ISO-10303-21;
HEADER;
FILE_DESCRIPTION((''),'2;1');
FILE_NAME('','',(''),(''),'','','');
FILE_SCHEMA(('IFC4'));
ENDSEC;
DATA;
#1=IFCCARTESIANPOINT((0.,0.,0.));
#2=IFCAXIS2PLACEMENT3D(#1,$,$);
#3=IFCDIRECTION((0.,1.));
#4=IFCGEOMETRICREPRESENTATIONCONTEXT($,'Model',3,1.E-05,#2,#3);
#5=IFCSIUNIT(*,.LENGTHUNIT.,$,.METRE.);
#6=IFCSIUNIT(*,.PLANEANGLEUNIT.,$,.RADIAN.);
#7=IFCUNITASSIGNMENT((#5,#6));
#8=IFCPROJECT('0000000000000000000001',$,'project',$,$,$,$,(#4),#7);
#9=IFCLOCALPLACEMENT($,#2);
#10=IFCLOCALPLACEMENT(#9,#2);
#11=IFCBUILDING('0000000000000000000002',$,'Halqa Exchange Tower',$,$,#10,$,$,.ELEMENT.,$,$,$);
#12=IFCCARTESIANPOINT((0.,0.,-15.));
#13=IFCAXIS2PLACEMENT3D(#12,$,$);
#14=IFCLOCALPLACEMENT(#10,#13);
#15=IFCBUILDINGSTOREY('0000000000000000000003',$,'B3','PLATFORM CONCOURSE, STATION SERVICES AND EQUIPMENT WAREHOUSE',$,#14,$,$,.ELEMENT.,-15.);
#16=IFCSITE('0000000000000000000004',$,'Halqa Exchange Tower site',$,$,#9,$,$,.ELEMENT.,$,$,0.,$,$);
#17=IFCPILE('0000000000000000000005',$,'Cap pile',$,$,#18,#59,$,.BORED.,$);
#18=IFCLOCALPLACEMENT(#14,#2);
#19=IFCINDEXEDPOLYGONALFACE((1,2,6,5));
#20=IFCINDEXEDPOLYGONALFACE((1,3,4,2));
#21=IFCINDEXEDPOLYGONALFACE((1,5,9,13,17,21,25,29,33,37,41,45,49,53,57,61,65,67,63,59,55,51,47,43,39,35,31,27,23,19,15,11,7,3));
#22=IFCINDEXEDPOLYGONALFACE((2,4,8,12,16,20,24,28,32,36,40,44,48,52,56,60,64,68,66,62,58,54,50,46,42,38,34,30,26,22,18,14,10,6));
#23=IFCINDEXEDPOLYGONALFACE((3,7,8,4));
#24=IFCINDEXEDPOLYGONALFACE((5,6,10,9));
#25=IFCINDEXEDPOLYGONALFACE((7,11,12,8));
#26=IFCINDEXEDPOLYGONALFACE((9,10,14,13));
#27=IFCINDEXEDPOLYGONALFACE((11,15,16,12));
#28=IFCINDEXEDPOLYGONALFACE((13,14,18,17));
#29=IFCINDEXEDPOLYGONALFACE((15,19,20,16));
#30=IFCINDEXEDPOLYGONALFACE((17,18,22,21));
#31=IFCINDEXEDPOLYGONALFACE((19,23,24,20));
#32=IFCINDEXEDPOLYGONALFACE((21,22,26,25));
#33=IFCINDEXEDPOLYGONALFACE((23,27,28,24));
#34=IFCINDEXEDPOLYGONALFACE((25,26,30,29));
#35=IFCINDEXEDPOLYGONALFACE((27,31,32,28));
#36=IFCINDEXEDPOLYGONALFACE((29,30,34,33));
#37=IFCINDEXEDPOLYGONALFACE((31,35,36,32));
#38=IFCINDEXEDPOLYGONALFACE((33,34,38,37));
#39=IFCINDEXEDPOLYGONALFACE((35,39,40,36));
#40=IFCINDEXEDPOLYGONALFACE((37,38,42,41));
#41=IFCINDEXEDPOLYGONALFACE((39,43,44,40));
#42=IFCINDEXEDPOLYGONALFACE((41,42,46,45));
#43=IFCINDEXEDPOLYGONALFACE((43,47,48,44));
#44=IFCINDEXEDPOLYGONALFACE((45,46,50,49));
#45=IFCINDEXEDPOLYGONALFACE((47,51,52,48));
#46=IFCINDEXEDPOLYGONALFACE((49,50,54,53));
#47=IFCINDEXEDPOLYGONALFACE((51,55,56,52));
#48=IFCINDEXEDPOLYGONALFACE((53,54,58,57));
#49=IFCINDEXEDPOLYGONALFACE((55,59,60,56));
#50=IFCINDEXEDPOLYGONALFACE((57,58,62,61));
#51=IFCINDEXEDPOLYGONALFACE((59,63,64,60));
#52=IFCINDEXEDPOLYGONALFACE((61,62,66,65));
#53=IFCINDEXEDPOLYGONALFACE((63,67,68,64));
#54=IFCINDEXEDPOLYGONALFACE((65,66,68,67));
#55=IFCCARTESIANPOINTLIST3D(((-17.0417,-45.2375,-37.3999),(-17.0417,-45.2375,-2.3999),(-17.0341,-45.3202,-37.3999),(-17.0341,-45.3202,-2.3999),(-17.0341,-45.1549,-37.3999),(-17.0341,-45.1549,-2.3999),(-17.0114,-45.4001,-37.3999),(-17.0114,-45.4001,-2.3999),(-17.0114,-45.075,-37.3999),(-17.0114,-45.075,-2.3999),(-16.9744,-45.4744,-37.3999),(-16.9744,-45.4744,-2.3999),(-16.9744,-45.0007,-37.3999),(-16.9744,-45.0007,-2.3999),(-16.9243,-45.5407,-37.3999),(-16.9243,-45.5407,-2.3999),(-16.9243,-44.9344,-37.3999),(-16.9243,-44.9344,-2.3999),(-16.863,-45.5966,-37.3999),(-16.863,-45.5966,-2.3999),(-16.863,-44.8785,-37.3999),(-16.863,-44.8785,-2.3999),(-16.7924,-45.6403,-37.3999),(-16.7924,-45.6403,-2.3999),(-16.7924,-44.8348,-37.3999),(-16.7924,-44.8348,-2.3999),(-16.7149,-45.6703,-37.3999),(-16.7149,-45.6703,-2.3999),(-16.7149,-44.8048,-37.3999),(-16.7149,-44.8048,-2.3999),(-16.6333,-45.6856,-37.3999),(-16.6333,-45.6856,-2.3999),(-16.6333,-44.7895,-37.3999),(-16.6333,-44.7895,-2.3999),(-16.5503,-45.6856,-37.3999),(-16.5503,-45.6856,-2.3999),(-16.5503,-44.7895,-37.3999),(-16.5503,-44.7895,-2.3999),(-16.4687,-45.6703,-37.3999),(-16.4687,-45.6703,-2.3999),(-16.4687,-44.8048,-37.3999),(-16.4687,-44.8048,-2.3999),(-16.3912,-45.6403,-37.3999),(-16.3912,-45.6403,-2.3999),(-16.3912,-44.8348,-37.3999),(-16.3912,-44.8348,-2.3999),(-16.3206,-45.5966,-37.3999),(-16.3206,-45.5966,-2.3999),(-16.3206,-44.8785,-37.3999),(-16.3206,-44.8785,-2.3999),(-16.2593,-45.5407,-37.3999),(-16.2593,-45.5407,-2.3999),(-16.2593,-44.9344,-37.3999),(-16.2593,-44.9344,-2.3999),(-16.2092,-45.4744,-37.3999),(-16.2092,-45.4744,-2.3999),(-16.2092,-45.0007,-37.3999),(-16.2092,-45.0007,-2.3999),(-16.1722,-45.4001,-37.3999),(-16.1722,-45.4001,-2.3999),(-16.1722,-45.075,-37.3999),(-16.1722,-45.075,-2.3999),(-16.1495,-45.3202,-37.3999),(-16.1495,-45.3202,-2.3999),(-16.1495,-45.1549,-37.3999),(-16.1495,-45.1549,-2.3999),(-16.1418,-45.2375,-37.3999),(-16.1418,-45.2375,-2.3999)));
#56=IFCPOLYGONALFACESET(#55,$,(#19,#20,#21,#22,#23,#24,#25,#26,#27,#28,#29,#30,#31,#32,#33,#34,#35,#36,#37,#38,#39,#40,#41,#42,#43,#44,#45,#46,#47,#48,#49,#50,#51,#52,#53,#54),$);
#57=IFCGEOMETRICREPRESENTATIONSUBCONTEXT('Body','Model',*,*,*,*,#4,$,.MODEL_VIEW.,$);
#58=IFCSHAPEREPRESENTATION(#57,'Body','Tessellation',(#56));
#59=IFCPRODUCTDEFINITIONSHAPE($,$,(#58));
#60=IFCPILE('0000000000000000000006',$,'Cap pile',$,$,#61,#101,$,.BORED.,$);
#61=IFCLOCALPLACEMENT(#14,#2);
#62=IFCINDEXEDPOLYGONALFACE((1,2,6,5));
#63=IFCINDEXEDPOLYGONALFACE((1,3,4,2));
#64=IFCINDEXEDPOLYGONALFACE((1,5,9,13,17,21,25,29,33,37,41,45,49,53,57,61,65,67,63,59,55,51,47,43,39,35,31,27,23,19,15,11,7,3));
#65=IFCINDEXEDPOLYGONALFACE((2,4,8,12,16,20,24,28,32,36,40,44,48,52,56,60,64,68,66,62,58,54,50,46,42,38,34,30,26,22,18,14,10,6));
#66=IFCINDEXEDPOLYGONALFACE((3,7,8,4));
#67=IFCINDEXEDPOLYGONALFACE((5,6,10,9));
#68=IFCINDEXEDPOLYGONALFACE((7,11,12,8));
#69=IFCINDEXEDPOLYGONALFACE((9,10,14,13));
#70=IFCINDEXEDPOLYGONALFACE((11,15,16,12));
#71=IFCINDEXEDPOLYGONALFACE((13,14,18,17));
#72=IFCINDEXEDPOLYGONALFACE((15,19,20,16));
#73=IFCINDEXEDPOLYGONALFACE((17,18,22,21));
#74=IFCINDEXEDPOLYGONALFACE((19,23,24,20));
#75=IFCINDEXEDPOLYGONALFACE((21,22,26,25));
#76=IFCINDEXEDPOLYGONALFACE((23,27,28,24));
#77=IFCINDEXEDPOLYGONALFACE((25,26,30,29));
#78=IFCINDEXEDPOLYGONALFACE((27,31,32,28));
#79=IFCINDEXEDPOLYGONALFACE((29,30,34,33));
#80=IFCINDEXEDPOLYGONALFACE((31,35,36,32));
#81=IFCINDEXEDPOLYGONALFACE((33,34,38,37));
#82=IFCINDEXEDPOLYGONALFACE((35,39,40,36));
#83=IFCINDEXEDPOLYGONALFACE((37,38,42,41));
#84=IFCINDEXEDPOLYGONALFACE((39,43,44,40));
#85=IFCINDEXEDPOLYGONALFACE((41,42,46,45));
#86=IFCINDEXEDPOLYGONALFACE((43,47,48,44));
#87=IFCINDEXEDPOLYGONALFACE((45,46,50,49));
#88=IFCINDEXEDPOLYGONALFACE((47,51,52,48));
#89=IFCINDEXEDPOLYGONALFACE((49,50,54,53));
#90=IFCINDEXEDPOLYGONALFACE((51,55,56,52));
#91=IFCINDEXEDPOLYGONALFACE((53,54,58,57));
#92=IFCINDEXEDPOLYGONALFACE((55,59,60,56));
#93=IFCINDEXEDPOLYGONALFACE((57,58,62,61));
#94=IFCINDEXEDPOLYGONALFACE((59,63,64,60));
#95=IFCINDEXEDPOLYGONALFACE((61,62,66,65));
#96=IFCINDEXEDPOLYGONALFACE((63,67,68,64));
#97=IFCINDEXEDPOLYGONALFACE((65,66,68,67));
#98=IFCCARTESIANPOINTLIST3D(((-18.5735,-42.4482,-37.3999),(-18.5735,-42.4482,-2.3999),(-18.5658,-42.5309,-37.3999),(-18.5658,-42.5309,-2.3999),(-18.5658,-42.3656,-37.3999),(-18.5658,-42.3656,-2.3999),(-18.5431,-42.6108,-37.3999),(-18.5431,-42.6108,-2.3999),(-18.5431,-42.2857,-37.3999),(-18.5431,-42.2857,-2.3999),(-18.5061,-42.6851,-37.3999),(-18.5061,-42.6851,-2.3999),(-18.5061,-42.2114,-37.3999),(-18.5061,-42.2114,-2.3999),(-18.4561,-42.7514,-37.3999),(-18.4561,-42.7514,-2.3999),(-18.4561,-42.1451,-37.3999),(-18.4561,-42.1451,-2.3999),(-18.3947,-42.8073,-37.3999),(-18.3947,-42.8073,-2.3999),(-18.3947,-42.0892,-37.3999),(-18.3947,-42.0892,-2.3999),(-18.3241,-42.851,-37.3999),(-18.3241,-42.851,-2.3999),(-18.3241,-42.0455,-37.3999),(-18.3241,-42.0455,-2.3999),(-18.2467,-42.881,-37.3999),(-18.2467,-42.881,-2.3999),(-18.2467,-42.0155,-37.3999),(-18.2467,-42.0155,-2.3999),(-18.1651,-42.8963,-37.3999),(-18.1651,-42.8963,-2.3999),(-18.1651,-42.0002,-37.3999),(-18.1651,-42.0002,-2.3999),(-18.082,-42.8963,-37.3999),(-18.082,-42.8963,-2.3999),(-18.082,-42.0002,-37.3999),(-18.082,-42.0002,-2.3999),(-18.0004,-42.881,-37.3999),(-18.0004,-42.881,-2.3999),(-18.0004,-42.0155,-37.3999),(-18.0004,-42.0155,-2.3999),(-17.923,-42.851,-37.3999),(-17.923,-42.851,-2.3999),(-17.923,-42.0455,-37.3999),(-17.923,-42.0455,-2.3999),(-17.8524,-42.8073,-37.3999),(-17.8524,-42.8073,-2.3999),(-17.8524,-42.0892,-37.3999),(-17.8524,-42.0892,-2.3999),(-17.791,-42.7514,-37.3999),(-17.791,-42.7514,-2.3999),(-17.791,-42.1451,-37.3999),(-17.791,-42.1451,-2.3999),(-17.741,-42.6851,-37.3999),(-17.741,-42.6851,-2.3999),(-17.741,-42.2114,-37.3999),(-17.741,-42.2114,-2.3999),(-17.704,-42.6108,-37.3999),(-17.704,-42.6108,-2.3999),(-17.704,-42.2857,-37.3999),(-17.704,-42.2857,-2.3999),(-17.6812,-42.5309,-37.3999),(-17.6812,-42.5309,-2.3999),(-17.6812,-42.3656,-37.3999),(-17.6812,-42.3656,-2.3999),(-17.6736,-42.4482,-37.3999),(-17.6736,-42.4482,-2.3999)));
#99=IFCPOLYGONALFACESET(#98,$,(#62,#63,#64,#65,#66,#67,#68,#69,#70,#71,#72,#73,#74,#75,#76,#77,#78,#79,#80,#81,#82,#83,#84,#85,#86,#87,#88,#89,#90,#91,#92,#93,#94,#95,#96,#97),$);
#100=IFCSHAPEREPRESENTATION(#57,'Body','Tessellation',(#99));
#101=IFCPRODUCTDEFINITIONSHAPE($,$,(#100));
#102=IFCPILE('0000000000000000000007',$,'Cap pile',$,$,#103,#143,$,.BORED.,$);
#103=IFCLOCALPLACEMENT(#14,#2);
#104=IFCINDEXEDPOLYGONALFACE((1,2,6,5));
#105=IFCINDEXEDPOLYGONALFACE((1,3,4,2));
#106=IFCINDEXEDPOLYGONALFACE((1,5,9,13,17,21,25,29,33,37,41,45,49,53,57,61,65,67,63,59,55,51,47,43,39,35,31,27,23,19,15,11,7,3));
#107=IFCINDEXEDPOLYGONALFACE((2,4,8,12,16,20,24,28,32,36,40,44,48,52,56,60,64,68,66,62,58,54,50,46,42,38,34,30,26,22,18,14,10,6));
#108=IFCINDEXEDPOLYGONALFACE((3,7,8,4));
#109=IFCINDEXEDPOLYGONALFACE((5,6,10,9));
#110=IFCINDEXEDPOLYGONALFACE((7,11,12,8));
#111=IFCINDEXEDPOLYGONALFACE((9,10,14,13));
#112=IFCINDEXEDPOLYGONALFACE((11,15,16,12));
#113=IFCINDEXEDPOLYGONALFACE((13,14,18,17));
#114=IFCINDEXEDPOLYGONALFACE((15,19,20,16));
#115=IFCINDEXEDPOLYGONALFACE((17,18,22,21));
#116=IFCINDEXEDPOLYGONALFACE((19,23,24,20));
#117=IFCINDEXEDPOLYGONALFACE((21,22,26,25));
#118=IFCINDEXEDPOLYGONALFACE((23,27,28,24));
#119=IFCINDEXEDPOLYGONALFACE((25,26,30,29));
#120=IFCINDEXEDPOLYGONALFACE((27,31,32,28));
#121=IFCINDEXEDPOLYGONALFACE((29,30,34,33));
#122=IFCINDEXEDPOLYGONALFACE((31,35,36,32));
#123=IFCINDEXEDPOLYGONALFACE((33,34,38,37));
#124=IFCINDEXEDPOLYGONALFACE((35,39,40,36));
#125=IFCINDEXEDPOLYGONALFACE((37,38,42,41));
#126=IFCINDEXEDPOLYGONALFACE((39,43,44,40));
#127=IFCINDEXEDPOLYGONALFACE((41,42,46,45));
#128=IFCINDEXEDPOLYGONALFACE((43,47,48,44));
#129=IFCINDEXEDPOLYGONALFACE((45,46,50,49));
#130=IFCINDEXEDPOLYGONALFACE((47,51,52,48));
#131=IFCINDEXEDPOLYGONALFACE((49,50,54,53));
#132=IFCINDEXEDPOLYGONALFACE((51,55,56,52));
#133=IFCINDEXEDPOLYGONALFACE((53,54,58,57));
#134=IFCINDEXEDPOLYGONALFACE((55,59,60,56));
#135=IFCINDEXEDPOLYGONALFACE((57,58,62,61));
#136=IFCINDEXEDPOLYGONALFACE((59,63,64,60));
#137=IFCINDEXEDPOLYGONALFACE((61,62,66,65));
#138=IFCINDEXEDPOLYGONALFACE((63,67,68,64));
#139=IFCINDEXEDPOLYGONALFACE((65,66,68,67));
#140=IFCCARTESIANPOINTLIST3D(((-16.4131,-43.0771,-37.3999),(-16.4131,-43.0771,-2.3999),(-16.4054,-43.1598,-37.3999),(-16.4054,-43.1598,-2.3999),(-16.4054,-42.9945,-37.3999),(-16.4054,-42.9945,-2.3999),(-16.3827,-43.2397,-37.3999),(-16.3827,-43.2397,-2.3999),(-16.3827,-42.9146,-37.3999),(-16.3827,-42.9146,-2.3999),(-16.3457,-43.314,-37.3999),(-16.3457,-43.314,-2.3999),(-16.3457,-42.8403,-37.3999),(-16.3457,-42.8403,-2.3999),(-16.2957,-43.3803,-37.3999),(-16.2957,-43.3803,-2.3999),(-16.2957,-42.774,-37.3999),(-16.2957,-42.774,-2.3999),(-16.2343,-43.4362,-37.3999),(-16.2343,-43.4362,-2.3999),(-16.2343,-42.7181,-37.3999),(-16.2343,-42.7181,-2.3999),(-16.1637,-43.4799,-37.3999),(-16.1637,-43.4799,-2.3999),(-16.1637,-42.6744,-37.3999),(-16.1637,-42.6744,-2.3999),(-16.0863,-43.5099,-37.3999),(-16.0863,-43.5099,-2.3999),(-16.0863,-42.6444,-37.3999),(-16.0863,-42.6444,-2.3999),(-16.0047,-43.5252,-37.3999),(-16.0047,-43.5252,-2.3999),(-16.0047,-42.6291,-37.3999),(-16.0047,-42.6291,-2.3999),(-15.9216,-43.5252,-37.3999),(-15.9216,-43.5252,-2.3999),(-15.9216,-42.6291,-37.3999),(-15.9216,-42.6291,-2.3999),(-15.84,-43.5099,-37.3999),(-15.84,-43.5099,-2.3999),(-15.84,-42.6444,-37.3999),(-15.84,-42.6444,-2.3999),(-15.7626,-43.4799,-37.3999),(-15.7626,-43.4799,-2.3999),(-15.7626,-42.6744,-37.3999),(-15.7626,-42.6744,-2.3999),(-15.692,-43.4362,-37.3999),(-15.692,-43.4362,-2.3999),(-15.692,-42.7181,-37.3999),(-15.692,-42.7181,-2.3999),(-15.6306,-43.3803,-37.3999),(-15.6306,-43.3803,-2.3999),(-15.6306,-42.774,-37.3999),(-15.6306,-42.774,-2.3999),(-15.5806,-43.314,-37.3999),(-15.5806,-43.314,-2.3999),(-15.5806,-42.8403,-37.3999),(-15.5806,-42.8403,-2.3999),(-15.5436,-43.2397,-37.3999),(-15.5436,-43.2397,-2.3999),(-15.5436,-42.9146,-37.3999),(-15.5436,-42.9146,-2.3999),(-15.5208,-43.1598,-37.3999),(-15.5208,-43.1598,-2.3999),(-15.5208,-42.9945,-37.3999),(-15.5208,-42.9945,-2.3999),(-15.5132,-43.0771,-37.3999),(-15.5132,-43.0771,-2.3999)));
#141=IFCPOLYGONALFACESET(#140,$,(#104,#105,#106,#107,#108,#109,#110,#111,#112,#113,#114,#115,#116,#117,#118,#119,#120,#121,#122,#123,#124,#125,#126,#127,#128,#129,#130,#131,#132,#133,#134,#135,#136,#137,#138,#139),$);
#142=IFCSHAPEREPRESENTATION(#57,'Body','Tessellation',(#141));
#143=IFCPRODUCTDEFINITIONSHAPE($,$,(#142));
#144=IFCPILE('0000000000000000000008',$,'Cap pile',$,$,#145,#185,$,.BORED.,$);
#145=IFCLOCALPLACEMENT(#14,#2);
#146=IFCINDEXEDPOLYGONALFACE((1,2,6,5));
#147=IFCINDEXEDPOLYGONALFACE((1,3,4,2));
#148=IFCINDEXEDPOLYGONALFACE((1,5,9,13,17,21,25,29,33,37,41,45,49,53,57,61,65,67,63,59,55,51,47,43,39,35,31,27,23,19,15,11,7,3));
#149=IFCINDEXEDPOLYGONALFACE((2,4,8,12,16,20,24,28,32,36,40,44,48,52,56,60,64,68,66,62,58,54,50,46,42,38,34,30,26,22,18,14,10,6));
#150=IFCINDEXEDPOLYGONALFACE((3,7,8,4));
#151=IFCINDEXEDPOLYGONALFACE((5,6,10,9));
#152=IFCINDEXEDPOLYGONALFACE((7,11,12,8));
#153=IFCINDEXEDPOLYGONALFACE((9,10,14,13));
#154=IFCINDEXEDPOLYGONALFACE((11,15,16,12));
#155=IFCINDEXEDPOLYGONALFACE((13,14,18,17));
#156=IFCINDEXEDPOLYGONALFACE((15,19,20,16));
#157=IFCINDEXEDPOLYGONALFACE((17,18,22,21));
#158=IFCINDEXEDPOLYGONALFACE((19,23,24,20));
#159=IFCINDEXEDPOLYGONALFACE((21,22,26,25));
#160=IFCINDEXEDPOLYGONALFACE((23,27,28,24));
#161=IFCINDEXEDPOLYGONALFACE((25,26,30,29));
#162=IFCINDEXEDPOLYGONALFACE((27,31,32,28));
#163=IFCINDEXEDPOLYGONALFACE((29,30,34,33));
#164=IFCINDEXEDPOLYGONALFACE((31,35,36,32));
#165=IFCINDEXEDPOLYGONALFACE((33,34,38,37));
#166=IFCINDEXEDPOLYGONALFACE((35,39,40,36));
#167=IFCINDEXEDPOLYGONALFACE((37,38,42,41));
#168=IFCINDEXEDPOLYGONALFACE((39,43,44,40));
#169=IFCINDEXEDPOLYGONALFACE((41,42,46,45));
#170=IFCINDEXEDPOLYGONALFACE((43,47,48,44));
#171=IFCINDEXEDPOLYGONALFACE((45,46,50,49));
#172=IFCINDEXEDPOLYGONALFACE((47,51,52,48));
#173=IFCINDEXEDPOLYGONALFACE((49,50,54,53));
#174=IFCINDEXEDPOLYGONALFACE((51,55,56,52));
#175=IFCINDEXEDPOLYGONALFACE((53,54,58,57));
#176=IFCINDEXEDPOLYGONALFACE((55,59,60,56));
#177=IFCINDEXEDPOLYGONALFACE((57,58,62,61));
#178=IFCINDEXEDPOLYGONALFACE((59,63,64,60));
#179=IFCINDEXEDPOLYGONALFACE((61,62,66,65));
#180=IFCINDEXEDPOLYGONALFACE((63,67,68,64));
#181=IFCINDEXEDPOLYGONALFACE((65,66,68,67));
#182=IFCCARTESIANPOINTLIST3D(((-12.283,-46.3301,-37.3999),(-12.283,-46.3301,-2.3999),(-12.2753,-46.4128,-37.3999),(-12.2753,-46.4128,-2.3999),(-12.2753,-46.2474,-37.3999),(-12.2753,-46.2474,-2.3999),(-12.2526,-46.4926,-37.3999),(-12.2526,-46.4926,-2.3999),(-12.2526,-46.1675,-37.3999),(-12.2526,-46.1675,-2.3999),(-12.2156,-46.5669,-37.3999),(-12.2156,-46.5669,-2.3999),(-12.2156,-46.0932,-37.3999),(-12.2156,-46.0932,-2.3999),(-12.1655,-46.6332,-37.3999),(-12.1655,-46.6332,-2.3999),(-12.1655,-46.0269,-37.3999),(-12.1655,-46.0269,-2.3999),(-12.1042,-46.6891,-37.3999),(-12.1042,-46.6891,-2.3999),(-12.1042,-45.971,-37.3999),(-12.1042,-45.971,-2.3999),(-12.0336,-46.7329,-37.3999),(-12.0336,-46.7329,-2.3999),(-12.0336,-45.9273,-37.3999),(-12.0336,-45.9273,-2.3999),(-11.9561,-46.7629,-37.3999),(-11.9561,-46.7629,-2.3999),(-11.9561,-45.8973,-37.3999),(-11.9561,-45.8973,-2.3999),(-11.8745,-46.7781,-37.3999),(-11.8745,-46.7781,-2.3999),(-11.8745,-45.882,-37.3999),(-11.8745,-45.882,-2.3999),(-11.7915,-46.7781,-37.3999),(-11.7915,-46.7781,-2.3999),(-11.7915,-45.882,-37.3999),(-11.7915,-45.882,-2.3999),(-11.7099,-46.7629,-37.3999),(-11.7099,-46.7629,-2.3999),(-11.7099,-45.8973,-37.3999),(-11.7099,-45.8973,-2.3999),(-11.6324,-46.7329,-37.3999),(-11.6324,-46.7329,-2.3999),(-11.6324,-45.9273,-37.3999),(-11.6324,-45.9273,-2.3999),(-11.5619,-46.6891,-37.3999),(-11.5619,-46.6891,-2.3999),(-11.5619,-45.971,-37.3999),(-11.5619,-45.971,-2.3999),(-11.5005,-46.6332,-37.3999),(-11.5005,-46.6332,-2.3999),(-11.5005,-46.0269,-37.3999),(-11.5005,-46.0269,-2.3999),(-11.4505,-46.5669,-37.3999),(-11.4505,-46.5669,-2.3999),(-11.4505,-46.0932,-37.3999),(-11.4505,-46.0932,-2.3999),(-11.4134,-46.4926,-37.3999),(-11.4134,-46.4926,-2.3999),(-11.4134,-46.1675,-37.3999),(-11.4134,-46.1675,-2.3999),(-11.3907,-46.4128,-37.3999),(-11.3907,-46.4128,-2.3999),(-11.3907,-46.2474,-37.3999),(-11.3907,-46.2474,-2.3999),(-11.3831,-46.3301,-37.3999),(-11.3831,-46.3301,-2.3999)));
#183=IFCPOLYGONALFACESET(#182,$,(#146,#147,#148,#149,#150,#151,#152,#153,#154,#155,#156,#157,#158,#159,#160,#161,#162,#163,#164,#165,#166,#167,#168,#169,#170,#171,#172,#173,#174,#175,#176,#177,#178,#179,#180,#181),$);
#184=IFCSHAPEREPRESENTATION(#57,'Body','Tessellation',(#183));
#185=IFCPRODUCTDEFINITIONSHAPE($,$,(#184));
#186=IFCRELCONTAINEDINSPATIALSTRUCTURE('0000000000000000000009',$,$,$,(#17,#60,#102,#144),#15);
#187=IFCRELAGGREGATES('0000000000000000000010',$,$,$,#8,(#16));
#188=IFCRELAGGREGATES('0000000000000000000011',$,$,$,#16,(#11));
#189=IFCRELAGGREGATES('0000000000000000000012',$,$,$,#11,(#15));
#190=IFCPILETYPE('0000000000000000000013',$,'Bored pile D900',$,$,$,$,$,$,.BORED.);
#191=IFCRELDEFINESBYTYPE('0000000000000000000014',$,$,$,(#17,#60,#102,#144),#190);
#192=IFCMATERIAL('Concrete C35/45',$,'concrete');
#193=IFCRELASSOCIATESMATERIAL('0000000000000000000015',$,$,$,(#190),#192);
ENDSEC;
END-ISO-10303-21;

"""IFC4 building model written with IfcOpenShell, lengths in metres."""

from ifc_helpers import new_model, si_unit, direction, frame, origin, origin_2d, place, context, subcontext, project, spatial, circle, extrude, material, material_profile, profile_set, type_object, element, save


model = new_model("IFC4")

# Units and contexts
model_context = context("Model", 3, precision=1e-05, world=origin(), true_north=direction((0.0, 1.0)))
body_context = subcontext(model_context, "Body", "Model", "MODEL_VIEW")
ifc_project = project(units=[si_unit("LENGTHUNIT", "METRE"), si_unit("PLANEANGLEUNIT", "RADIAN")], contexts=[model_context])

# Site, building, storey
site_placement = place(None, origin())
site = spatial("IfcSite", under=ifc_project, at=site_placement, Name="Halqa Exchange Tower site", CompositionType="ELEMENT", RefElevation=0.0)
building_placement = place(site_placement, origin())
building = spatial("IfcBuilding", under=site, at=building_placement, Name="Halqa Exchange Tower", CompositionType="ELEMENT")
storey_placement = place(building_placement, frame((0.0, 0.0, -15.0)))
storey = spatial("IfcBuildingStorey", under=building, at=storey_placement, Name="B3", Description="PLATFORM CONCOURSE, STATION SERVICES AND EQUIPMENT WAREHOUSE", CompositionType="ELEMENT", Elevation=-15.0)

# Piles
ifc_material_1 = material(Name="Concrete C35/45", Category="concrete")
ifc_material_profile_1 = material_profile(ifc_material_1, circle(Radius=0.45, at=origin_2d()), Name="D900")
ifc_profile_set_1 = profile_set([ifc_material_profile_1], Name="Concrete C35/45")
pile_type = type_object("IfcPileType", Name="Bored pile D900", PredefinedType="BORED", material=ifc_profile_set_1)
for number, where, z_axis, x_axis, name in (
    (1, (-16.5918, -45.2375, -2.3999), (0.0, 0.0, -1.0), (1.0, 0.0, 0.0), "Cap pile"),
    (2, (-18.1235, -42.4482, -2.3999), (0.0, 0.0, -1.0), (1.0, 0.0, 0.0), "Cap pile"),
    (3, (-15.9631, -43.0771, -2.3999), (0.0, 0.0, -1.0), (1.0, 0.0, 0.0), "Cap pile"),
    (4, (-11.833, -46.3301, -2.3999), (0.0, 0.0, -1.0), (1.0, 0.0, 0.0), "Cap pile"),
):
    element("IfcPile", number, at=place(storey_placement, frame(where, z_axis=z_axis, x_axis=x_axis)), inside=storey, type_object=pile_type, Name=name, PredefinedType="BORED", context=body_context, shape_type="SweptSolid", body=[
        extrude(circle(Radius=0.45, at=origin_2d()), origin(), (0.0, 0.0, 1.0), 35.0),
    ])

save(model, "model.ifc")
